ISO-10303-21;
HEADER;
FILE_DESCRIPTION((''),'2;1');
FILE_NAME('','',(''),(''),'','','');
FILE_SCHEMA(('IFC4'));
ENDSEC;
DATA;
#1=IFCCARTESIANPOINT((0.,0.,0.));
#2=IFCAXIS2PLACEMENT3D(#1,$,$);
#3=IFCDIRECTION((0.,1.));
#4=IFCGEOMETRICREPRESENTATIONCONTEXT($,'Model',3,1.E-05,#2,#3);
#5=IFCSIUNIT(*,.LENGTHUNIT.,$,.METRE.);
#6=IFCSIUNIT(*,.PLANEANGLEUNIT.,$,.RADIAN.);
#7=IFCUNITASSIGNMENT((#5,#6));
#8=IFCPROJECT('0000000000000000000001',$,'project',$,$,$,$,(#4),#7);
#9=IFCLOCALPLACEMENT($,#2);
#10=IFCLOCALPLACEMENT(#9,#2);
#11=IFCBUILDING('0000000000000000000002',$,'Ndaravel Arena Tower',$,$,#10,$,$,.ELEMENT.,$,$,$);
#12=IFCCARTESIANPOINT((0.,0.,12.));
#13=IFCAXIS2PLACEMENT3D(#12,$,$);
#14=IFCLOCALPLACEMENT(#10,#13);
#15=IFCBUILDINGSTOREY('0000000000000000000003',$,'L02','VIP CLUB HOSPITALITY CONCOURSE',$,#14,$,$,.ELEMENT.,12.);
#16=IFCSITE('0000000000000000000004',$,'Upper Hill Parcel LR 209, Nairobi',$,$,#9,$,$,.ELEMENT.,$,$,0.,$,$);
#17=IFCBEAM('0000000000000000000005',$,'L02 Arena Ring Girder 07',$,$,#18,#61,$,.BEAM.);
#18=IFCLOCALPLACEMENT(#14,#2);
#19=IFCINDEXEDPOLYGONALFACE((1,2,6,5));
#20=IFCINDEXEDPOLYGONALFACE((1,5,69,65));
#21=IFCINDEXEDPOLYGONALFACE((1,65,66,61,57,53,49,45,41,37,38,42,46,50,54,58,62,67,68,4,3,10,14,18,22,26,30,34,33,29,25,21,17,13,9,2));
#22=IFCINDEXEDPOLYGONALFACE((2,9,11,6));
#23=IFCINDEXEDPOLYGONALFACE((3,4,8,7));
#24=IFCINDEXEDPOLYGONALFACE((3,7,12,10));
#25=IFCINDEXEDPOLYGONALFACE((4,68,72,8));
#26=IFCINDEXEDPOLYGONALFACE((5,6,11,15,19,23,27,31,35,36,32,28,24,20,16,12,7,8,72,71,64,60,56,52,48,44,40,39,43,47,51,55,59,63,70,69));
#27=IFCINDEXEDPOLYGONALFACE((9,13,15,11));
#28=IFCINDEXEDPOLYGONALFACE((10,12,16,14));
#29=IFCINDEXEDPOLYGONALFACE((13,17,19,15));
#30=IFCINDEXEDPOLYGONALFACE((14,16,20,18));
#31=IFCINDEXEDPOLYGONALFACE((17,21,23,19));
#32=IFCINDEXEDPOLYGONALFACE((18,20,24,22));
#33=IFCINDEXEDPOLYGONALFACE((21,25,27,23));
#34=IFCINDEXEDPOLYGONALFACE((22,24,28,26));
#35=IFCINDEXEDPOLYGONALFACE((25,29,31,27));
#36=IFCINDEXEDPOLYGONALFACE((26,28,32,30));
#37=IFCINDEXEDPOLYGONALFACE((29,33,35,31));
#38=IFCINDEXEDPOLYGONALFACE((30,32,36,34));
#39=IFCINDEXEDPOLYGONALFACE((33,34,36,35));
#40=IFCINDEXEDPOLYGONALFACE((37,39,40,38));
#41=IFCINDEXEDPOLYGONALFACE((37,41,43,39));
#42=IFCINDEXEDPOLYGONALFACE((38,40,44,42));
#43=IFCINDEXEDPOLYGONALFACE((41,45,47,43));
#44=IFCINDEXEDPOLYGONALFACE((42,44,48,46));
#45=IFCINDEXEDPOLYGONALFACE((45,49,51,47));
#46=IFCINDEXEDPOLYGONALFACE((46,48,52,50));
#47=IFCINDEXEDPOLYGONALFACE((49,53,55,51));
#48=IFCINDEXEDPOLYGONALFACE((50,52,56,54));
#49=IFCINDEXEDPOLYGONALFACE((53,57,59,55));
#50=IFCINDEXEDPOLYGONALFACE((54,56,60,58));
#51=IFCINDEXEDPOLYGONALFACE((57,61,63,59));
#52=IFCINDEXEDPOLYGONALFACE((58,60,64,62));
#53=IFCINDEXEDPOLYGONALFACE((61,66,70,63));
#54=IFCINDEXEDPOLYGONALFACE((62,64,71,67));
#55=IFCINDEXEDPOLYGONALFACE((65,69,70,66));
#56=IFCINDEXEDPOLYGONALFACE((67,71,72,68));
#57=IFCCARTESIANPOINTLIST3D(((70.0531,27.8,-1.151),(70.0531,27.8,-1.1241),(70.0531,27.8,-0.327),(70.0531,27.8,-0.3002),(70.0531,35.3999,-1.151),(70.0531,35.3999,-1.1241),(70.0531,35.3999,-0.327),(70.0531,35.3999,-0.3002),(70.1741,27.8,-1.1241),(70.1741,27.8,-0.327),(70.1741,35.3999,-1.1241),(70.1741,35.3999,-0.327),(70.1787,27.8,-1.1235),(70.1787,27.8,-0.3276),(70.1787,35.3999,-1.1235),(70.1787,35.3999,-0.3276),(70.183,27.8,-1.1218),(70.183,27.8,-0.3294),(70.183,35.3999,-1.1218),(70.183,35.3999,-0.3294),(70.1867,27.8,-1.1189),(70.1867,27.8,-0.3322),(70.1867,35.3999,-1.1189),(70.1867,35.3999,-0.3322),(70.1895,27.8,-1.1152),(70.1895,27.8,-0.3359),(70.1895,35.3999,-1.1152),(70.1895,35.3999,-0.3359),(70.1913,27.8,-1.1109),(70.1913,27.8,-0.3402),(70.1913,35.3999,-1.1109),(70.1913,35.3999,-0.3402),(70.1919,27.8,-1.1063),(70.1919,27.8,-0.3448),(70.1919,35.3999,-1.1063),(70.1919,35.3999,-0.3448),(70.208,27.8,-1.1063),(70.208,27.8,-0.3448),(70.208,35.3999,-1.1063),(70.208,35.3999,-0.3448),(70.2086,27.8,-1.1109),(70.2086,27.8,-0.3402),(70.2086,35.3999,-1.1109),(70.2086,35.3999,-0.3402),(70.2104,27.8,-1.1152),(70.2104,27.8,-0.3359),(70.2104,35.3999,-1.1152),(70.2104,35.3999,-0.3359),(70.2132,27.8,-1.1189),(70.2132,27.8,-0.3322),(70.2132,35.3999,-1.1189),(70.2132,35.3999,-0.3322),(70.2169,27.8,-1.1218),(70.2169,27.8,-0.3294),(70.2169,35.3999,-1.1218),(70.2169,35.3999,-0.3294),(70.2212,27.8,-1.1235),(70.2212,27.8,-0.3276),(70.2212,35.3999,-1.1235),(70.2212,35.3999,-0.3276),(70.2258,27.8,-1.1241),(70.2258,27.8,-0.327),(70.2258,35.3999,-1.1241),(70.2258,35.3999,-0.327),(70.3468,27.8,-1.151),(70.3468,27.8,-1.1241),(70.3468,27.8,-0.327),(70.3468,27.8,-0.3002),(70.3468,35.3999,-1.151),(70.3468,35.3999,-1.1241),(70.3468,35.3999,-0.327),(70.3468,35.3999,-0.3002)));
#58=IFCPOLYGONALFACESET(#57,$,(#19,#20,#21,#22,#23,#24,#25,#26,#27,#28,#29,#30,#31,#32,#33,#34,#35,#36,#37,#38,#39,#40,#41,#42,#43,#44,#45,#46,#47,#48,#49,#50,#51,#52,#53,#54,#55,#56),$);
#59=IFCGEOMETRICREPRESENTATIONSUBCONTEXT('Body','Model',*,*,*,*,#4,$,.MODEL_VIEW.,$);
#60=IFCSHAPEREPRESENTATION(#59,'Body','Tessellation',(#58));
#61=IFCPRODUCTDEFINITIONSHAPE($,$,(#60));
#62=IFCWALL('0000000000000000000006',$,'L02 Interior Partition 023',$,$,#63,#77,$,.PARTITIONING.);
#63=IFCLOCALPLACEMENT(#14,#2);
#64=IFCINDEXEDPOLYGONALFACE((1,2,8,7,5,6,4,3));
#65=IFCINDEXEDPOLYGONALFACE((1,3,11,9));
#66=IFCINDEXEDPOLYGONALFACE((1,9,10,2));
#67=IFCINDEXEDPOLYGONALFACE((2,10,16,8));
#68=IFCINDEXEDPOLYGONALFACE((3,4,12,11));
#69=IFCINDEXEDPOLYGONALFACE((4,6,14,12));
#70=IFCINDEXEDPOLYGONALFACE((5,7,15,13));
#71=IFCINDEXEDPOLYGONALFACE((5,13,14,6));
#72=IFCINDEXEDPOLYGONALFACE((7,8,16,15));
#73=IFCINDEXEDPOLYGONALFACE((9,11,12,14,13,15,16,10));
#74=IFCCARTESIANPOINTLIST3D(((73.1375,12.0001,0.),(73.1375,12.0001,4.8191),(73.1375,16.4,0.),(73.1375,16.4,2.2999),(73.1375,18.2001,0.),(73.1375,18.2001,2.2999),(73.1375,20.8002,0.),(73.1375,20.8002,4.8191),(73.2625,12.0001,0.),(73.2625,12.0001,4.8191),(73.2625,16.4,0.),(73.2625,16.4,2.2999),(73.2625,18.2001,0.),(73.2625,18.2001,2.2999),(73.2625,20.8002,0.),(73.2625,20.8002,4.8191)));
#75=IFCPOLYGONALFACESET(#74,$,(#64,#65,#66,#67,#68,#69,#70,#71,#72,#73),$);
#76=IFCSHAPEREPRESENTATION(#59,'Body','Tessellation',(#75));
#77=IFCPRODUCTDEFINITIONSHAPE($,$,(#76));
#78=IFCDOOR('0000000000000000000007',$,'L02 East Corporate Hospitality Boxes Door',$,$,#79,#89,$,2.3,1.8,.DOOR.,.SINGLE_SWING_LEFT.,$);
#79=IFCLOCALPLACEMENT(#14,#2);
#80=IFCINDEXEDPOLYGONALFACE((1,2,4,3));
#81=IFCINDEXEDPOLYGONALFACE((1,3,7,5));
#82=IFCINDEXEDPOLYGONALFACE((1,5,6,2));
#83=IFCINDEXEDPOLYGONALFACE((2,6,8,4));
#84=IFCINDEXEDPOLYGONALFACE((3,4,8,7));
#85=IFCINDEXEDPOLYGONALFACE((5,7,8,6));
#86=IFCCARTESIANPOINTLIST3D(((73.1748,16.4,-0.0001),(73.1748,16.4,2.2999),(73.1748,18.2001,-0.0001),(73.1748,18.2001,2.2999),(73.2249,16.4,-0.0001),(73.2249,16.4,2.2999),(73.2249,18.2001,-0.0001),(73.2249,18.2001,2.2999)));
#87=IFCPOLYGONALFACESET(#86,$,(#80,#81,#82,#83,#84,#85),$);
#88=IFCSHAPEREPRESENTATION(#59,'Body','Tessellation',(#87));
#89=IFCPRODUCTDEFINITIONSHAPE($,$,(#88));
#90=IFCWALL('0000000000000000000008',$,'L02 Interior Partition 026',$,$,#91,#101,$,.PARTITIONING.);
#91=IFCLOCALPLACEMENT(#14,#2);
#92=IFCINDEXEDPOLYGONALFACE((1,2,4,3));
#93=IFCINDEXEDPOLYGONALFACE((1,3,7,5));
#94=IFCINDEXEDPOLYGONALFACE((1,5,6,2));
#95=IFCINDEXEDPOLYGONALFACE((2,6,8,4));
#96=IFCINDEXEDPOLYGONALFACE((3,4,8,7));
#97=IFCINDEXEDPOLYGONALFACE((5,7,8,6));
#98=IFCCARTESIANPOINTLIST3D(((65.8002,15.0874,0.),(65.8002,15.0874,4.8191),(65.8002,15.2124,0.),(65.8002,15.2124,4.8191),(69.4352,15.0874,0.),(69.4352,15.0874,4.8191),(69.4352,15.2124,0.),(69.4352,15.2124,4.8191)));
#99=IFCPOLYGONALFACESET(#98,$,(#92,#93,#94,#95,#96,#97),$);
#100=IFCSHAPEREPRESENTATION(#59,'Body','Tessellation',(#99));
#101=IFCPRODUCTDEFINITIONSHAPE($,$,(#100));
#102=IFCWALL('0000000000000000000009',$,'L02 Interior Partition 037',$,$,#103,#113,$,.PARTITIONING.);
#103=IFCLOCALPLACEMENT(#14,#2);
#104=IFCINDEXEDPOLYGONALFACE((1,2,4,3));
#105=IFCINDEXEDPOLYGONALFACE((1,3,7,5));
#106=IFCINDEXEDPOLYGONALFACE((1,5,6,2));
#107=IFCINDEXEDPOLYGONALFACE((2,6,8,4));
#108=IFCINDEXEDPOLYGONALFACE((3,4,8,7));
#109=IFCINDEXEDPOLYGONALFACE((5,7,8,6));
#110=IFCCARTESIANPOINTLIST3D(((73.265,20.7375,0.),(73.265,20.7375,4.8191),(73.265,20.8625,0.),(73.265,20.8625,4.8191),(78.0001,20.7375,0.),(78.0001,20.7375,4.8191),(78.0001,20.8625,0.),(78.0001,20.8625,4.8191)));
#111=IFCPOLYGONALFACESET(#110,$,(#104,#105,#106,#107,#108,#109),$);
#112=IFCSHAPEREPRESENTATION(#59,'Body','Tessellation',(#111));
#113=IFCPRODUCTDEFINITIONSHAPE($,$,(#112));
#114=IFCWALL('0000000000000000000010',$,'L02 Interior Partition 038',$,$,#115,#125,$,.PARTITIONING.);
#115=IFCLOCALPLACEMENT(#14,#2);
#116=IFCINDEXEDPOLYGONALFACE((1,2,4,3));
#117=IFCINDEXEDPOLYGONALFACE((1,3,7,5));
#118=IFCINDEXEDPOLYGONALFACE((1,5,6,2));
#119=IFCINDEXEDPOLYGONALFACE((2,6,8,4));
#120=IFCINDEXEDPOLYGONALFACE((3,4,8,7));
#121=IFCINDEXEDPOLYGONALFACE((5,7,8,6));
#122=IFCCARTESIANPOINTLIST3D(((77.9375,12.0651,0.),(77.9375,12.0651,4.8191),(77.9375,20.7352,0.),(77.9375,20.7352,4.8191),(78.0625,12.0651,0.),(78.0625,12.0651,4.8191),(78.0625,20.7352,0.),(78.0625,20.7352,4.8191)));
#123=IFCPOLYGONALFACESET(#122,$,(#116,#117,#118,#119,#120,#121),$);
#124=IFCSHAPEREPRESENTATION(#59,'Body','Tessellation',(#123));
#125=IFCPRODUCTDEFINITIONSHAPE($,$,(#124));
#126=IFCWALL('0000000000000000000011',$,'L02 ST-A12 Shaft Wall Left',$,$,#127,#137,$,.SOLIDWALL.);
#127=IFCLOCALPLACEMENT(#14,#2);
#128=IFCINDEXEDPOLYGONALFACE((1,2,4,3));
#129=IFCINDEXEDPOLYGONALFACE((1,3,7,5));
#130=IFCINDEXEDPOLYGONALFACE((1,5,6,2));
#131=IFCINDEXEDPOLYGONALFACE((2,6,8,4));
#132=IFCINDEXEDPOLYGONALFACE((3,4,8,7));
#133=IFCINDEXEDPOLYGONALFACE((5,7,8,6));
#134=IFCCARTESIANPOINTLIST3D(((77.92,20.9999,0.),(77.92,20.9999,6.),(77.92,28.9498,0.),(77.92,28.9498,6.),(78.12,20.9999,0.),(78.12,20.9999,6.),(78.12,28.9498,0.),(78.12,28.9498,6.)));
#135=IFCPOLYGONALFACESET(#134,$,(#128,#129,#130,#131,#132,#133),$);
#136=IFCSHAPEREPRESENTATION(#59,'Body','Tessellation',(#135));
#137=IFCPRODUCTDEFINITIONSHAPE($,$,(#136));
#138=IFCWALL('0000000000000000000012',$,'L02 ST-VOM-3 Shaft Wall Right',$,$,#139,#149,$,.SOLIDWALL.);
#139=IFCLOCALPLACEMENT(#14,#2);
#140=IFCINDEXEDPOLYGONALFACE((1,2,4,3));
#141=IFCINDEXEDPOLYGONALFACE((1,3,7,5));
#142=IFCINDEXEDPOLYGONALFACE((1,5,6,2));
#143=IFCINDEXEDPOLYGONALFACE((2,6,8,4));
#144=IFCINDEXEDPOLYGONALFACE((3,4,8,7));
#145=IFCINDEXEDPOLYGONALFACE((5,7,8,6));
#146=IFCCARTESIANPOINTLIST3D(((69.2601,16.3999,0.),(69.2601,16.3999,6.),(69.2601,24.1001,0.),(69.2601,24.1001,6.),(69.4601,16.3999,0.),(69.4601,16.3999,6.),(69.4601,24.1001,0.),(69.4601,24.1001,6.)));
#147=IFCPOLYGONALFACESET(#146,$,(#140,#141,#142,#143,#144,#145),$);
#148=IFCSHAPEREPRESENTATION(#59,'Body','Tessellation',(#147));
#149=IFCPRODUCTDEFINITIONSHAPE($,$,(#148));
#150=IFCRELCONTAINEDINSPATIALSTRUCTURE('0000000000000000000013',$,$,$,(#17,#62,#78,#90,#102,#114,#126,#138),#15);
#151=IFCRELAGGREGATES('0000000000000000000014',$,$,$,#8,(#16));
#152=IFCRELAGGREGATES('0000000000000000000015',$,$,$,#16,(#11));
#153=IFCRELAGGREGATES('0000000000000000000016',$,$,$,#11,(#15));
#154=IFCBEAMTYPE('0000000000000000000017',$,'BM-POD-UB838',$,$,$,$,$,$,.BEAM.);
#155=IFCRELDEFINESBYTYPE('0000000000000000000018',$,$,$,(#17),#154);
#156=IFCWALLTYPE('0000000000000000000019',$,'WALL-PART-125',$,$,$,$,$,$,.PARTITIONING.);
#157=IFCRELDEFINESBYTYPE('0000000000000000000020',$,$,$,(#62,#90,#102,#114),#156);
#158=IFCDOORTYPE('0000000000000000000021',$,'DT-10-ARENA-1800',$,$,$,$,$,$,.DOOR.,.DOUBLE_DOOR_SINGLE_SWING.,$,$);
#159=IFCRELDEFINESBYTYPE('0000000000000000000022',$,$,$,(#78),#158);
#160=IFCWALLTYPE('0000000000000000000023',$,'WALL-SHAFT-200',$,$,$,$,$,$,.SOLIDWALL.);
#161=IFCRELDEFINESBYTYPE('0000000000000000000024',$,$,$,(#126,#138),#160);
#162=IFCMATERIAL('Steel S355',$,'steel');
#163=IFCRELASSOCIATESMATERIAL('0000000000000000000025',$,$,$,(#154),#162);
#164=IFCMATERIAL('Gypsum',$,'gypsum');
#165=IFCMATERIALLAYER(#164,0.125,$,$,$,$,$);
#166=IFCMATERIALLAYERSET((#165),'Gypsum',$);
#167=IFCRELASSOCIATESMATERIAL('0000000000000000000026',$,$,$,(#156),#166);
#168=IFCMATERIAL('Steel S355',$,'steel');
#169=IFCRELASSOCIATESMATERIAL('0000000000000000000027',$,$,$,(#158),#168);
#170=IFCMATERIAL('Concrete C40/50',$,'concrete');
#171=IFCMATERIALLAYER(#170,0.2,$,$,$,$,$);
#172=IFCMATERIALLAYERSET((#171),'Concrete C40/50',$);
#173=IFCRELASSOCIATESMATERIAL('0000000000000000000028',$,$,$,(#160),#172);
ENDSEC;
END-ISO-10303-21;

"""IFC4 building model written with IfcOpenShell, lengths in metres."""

from ifc_helpers import new_model, si_unit, direction, frame, frame_2d, origin, origin_2d, place, context, subcontext, project, spatial, rectangle, i_section, extrude, material, layer, layer_set, material_profile, profile_set, type_object, element, fill, save


model = new_model("IFC4")

# Units and contexts
model_context = context("Model", 3, precision=1e-05, world=origin(), true_north=direction((0.0, 1.0)))
body_context = subcontext(model_context, "Body", "Model", "MODEL_VIEW")
ifc_project = project(units=[si_unit("LENGTHUNIT", "METRE"), si_unit("PLANEANGLEUNIT", "RADIAN")], contexts=[model_context])

# Site, building, storey
site_placement = place(None, origin())
site = spatial("IfcSite", under=ifc_project, at=site_placement, Name="Upper Hill Parcel LR 209, Nairobi", CompositionType="ELEMENT", RefElevation=0.0)
building_placement = place(site_placement, origin())
building = spatial("IfcBuilding", under=site, at=building_placement, Name="Ndaravel Arena Tower", CompositionType="ELEMENT")
storey_placement = place(building_placement, frame((0.0, 0.0, 12.0)))
storey = spatial("IfcBuildingStorey", under=building, at=storey_placement, Name="L02", Description="VIP CLUB HOSPITALITY CONCOURSE", CompositionType="ELEMENT", Elevation=12.0)

# Beam
ifc_material_1 = material(Name="Steel S355", Category="steel")
ifc_material_profile_1 = material_profile(ifc_material_1, i_section(OverallWidth=0.2937, OverallDepth=0.8508, WebThickness=0.0161, FlangeThickness=0.0269, FilletRadius=0.0178, at=origin_2d()), Name="UB 838x292x226")
ifc_profile_set_1 = profile_set([ifc_material_profile_1], Name="Steel S355")
beam_type_1 = type_object("IfcBeamType", Name="BM-POD-UB838", PredefinedType="BEAM", material=ifc_profile_set_1)
beam_1_placement = place(storey_placement, frame((70.2, 27.8, -0.7256), z_axis=(0.0, 1.0, 0.0), x_axis=(-1.0, 0.0, 0.0)))
element("IfcBeam", 1, at=beam_1_placement, inside=storey, type_object=beam_type_1, Name="L02 Arena Ring Girder 07", PredefinedType="BEAM", context=body_context, shape_type="SweptSolid", body=[
    extrude(i_section(OverallWidth=0.2937, OverallDepth=0.8508, WebThickness=0.0161, FlangeThickness=0.0269, FilletRadius=0.0178, at=origin_2d()), origin(), (0.0, 0.0, 1.0), 7.5999),
])

# Wall, opening, door
ifc_material_2 = material(Name="Gypsum", Category="gypsum")
ifc_layer_1 = layer(ifc_material_2, 0.125)
ifc_layer_set_1 = layer_set([ifc_layer_1], Name="Gypsum")
wall_type_1 = type_object("IfcWallType", Name="WALL-PART-125", PredefinedType="PARTITIONING", material=ifc_layer_set_1)
wall_1_placement = place(storey_placement, frame((73.2, 20.8, 0.0), z_axis=(0.0, 0.0, 1.0), x_axis=(0.0, -1.0, 0.0)))
wall_1 = element("IfcWall", 2, at=wall_1_placement, inside=storey, type_object=wall_type_1, Name="L02 Interior Partition 023", PredefinedType="PARTITIONING", context=body_context, shape_type="SweptSolid", body=[
    extrude(rectangle(XDim=8.8, YDim=0.125, at=frame_2d((4.3999, 0.0))), origin(), (0.0, 0.0, 1.0), 4.8191),
])
opening_placement = place(wall_1_placement, frame((2.6001, 0.0, 0.0)))
opening = element("IfcOpeningElement", 3, at=opening_placement, cuts=wall_1, PredefinedType="OPENING", context=body_context, shape_type="SweptSolid", body=[
    extrude(rectangle(XDim=1.8, YDim=2.3, at=frame_2d((0.8999, 1.1499))), frame((0.0, 0.0625, 0.0), z_axis=(0.0, -1.0, 0.0), x_axis=(1.0, 0.0, 0.0)), (0.0, 0.0, 1.0), 0.125),
])
ifc_material_3 = material(Name="Steel S355", Category="steel")
door_type = type_object("IfcDoorType", Name="DT-10-ARENA-1800", OperationType="DOUBLE_DOOR_SINGLE_SWING", PredefinedType="DOOR", material=ifc_material_3)
door_placement = place(opening_placement, origin())
door = element("IfcDoor", 4, at=door_placement, inside=storey, type_object=door_type, Name="L02 East Corporate Hospitality Boxes Door", OperationType="SINGLE_SWING_LEFT", OverallHeight=2.3, OverallWidth=1.8, PredefinedType="DOOR", context=body_context, shape_type="SweptSolid", body=[
    extrude(rectangle(XDim=1.8, YDim=2.3, at=frame_2d((0.8999, 1.1499))), frame((0.0, 0.0249, 0.0), z_axis=(0.0, -1.0, 0.0), x_axis=(1.0, 0.0, 0.0)), (0.0, 0.0, 1.0), 0.05),
])
fill(opening, door)

# Walls
wall_2_placement = place(storey_placement, frame((69.4351, 15.1499, 0.0), z_axis=(0.0, 0.0, 1.0), x_axis=(-1.0, 0.0, 0.0)))
element("IfcWall", 5, at=wall_2_placement, inside=storey, type_object=wall_type_1, Name="L02 Interior Partition 026", PredefinedType="PARTITIONING", context=body_context, shape_type="SweptSolid", body=[
    extrude(rectangle(XDim=3.635, YDim=0.125, at=frame_2d((1.8174, 0.0))), origin(), (0.0, 0.0, 1.0), 4.8191),
])
wall_3_placement = place(storey_placement, frame((73.2649, 20.8, 0.0), z_axis=(0.0, 0.0, 1.0), x_axis=(1.0, 0.0, 0.0)))
element("IfcWall", 6, at=wall_3_placement, inside=storey, type_object=wall_type_1, Name="L02 Interior Partition 037", PredefinedType="PARTITIONING", context=body_context, shape_type="SweptSolid", body=[
    extrude(rectangle(XDim=4.7351, YDim=0.125, at=frame_2d((2.3677, 0.0))), origin(), (0.0, 0.0, 1.0), 4.8191),
])
wall_4_placement = place(storey_placement, frame((78.0, 20.7351, 0.0), z_axis=(0.0, 0.0, 1.0), x_axis=(0.0, -1.0, 0.0)))
element("IfcWall", 7, at=wall_4_placement, inside=storey, type_object=wall_type_1, Name="L02 Interior Partition 038", PredefinedType="PARTITIONING", context=body_context, shape_type="SweptSolid", body=[
    extrude(rectangle(XDim=8.6702, YDim=0.125, at=frame_2d((4.335, 0.0))), origin(), (0.0, 0.0, 1.0), 4.8191),
])
ifc_material_4 = material(Name="Concrete C40/50", Category="concrete")
ifc_layer_2 = layer(ifc_material_4, 0.2)
ifc_layer_set_2 = layer_set([ifc_layer_2], Name="Concrete C40/50")
wall_type_2 = type_object("IfcWallType", Name="WALL-SHAFT-200", PredefinedType="SOLIDWALL", material=ifc_layer_set_2)
wall_5_placement = place(storey_placement, frame((78.02, 28.95, 0.0), z_axis=(0.0, 0.0, 1.0), x_axis=(0.0, -1.0, 0.0)))
element("IfcWall", 8, at=wall_5_placement, inside=storey, type_object=wall_type_2, Name="L02 ST-A12 Shaft Wall Left", PredefinedType="SOLIDWALL", context=body_context, shape_type="SweptSolid", body=[
    extrude(rectangle(XDim=7.95, YDim=0.2, at=frame_2d((3.9751, 0.0))), origin(), (0.0, 0.0, 1.0), 6.0),
])
wall_6_placement = place(storey_placement, frame((69.3601, 24.1001, 0.0), z_axis=(0.0, 0.0, 1.0), x_axis=(0.0, -1.0, 0.0)))
element("IfcWall", 9, at=wall_6_placement, inside=storey, type_object=wall_type_2, Name="L02 ST-VOM-3 Shaft Wall Right", PredefinedType="SOLIDWALL", context=body_context, shape_type="SweptSolid", body=[
    extrude(rectangle(XDim=7.7002, YDim=0.2, at=frame_2d((3.8501, 0.0))), origin(), (0.0, 0.0, 1.0), 6.0),
])

save(model, "model.ifc")
